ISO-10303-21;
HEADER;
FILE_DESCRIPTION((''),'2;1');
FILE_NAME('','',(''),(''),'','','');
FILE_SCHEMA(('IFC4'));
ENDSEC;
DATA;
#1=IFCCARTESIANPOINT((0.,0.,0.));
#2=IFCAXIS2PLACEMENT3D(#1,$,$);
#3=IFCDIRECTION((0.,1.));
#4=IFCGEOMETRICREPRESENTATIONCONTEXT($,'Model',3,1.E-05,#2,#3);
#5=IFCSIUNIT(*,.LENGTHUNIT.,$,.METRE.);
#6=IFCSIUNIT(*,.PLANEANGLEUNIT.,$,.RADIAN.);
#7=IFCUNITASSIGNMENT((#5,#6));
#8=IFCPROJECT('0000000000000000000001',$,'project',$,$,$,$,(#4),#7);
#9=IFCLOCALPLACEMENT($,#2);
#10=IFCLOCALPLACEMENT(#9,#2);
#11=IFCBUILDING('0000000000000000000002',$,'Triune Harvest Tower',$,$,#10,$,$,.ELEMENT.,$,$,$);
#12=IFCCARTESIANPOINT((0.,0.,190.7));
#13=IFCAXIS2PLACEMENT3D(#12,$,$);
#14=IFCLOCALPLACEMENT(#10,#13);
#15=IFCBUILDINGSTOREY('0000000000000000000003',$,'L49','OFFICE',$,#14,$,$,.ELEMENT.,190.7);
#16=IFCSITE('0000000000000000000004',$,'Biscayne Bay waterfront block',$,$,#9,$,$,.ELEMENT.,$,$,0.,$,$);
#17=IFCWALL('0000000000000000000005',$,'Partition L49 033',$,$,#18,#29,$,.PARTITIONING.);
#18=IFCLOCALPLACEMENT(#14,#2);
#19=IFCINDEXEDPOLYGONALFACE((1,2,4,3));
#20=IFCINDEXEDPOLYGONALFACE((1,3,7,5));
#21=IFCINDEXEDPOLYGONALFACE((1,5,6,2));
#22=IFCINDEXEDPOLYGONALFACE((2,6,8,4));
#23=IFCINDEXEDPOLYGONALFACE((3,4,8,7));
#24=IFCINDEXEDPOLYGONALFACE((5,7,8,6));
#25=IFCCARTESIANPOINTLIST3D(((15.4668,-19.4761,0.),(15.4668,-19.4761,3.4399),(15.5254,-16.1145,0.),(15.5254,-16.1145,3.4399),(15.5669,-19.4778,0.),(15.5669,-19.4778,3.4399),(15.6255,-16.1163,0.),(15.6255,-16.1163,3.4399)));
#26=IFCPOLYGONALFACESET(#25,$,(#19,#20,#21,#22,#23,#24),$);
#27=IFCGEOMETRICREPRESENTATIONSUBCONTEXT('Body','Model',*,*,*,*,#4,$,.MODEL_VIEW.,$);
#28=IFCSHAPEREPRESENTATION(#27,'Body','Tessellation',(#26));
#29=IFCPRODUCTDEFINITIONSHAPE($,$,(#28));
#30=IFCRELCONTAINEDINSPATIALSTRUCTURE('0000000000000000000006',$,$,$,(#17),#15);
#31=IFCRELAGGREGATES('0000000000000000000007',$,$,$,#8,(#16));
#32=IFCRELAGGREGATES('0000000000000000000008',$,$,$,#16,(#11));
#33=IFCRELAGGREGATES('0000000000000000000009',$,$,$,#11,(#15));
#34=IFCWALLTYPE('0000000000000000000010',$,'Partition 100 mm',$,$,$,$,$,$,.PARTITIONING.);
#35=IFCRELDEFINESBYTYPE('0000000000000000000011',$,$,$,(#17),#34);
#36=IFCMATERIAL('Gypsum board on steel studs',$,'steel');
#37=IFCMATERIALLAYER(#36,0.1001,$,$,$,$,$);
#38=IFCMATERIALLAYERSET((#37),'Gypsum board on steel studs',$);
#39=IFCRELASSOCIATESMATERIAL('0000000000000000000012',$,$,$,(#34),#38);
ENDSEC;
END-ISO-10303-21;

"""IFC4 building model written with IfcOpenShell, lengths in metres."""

from ifc_helpers import new_model, si_unit, direction, frame, frame_2d, origin, place, context, subcontext, project, spatial, rectangle, extrude, material, layer, layer_set, type_object, element, save


model = new_model("IFC4")

# Units and contexts
model_context = context("Model", 3, precision=1e-05, world=origin(), true_north=direction((0.0, 1.0)))
body_context = subcontext(model_context, "Body", "Model", "MODEL_VIEW")
ifc_project = project(units=[si_unit("LENGTHUNIT", "METRE"), si_unit("PLANEANGLEUNIT", "RADIAN")], contexts=[model_context])

# Site, building, storey
site_placement = place(None, origin())
site = spatial("IfcSite", under=ifc_project, at=site_placement, Name="Biscayne Bay waterfront block", CompositionType="ELEMENT", RefElevation=0.0)
building_placement = place(site_placement, origin())
building = spatial("IfcBuilding", under=site, at=building_placement, Name="Triune Harvest Tower", CompositionType="ELEMENT")
storey_placement = place(building_placement, frame((0.0, 0.0, 190.7)))
storey = spatial("IfcBuildingStorey", under=building, at=storey_placement, Name="L49", Description="OFFICE", CompositionType="ELEMENT", Elevation=190.7)

# Wall
ifc_material_1 = material(Name="Gypsum board on steel studs", Category="steel")
ifc_layer_1 = layer(ifc_material_1, 0.1001)
ifc_layer_set_1 = layer_set([ifc_layer_1], Name="Gypsum board on steel studs")
wall_type_1 = type_object("IfcWallType", Name="Partition 100 mm", PredefinedType="PARTITIONING", material=ifc_layer_set_1)
wall_1_placement = place(storey_placement, frame((15.5168, -19.4771, 0.0), z_axis=(0.0, 0.0, 1.0), x_axis=(0.017428, 0.999848, 0.0)))
element("IfcWall", 1, at=wall_1_placement, inside=storey, type_object=wall_type_1, Name="Partition L49 033", PredefinedType="PARTITIONING", context=body_context, shape_type="SweptSolid", body=[
    extrude(rectangle(XDim=3.3621, YDim=0.1001, at=frame_2d((1.6812, 0.0))), origin(), (0.0, 0.0, 1.0), 3.4399),
])

save(model, "model.ifc")
